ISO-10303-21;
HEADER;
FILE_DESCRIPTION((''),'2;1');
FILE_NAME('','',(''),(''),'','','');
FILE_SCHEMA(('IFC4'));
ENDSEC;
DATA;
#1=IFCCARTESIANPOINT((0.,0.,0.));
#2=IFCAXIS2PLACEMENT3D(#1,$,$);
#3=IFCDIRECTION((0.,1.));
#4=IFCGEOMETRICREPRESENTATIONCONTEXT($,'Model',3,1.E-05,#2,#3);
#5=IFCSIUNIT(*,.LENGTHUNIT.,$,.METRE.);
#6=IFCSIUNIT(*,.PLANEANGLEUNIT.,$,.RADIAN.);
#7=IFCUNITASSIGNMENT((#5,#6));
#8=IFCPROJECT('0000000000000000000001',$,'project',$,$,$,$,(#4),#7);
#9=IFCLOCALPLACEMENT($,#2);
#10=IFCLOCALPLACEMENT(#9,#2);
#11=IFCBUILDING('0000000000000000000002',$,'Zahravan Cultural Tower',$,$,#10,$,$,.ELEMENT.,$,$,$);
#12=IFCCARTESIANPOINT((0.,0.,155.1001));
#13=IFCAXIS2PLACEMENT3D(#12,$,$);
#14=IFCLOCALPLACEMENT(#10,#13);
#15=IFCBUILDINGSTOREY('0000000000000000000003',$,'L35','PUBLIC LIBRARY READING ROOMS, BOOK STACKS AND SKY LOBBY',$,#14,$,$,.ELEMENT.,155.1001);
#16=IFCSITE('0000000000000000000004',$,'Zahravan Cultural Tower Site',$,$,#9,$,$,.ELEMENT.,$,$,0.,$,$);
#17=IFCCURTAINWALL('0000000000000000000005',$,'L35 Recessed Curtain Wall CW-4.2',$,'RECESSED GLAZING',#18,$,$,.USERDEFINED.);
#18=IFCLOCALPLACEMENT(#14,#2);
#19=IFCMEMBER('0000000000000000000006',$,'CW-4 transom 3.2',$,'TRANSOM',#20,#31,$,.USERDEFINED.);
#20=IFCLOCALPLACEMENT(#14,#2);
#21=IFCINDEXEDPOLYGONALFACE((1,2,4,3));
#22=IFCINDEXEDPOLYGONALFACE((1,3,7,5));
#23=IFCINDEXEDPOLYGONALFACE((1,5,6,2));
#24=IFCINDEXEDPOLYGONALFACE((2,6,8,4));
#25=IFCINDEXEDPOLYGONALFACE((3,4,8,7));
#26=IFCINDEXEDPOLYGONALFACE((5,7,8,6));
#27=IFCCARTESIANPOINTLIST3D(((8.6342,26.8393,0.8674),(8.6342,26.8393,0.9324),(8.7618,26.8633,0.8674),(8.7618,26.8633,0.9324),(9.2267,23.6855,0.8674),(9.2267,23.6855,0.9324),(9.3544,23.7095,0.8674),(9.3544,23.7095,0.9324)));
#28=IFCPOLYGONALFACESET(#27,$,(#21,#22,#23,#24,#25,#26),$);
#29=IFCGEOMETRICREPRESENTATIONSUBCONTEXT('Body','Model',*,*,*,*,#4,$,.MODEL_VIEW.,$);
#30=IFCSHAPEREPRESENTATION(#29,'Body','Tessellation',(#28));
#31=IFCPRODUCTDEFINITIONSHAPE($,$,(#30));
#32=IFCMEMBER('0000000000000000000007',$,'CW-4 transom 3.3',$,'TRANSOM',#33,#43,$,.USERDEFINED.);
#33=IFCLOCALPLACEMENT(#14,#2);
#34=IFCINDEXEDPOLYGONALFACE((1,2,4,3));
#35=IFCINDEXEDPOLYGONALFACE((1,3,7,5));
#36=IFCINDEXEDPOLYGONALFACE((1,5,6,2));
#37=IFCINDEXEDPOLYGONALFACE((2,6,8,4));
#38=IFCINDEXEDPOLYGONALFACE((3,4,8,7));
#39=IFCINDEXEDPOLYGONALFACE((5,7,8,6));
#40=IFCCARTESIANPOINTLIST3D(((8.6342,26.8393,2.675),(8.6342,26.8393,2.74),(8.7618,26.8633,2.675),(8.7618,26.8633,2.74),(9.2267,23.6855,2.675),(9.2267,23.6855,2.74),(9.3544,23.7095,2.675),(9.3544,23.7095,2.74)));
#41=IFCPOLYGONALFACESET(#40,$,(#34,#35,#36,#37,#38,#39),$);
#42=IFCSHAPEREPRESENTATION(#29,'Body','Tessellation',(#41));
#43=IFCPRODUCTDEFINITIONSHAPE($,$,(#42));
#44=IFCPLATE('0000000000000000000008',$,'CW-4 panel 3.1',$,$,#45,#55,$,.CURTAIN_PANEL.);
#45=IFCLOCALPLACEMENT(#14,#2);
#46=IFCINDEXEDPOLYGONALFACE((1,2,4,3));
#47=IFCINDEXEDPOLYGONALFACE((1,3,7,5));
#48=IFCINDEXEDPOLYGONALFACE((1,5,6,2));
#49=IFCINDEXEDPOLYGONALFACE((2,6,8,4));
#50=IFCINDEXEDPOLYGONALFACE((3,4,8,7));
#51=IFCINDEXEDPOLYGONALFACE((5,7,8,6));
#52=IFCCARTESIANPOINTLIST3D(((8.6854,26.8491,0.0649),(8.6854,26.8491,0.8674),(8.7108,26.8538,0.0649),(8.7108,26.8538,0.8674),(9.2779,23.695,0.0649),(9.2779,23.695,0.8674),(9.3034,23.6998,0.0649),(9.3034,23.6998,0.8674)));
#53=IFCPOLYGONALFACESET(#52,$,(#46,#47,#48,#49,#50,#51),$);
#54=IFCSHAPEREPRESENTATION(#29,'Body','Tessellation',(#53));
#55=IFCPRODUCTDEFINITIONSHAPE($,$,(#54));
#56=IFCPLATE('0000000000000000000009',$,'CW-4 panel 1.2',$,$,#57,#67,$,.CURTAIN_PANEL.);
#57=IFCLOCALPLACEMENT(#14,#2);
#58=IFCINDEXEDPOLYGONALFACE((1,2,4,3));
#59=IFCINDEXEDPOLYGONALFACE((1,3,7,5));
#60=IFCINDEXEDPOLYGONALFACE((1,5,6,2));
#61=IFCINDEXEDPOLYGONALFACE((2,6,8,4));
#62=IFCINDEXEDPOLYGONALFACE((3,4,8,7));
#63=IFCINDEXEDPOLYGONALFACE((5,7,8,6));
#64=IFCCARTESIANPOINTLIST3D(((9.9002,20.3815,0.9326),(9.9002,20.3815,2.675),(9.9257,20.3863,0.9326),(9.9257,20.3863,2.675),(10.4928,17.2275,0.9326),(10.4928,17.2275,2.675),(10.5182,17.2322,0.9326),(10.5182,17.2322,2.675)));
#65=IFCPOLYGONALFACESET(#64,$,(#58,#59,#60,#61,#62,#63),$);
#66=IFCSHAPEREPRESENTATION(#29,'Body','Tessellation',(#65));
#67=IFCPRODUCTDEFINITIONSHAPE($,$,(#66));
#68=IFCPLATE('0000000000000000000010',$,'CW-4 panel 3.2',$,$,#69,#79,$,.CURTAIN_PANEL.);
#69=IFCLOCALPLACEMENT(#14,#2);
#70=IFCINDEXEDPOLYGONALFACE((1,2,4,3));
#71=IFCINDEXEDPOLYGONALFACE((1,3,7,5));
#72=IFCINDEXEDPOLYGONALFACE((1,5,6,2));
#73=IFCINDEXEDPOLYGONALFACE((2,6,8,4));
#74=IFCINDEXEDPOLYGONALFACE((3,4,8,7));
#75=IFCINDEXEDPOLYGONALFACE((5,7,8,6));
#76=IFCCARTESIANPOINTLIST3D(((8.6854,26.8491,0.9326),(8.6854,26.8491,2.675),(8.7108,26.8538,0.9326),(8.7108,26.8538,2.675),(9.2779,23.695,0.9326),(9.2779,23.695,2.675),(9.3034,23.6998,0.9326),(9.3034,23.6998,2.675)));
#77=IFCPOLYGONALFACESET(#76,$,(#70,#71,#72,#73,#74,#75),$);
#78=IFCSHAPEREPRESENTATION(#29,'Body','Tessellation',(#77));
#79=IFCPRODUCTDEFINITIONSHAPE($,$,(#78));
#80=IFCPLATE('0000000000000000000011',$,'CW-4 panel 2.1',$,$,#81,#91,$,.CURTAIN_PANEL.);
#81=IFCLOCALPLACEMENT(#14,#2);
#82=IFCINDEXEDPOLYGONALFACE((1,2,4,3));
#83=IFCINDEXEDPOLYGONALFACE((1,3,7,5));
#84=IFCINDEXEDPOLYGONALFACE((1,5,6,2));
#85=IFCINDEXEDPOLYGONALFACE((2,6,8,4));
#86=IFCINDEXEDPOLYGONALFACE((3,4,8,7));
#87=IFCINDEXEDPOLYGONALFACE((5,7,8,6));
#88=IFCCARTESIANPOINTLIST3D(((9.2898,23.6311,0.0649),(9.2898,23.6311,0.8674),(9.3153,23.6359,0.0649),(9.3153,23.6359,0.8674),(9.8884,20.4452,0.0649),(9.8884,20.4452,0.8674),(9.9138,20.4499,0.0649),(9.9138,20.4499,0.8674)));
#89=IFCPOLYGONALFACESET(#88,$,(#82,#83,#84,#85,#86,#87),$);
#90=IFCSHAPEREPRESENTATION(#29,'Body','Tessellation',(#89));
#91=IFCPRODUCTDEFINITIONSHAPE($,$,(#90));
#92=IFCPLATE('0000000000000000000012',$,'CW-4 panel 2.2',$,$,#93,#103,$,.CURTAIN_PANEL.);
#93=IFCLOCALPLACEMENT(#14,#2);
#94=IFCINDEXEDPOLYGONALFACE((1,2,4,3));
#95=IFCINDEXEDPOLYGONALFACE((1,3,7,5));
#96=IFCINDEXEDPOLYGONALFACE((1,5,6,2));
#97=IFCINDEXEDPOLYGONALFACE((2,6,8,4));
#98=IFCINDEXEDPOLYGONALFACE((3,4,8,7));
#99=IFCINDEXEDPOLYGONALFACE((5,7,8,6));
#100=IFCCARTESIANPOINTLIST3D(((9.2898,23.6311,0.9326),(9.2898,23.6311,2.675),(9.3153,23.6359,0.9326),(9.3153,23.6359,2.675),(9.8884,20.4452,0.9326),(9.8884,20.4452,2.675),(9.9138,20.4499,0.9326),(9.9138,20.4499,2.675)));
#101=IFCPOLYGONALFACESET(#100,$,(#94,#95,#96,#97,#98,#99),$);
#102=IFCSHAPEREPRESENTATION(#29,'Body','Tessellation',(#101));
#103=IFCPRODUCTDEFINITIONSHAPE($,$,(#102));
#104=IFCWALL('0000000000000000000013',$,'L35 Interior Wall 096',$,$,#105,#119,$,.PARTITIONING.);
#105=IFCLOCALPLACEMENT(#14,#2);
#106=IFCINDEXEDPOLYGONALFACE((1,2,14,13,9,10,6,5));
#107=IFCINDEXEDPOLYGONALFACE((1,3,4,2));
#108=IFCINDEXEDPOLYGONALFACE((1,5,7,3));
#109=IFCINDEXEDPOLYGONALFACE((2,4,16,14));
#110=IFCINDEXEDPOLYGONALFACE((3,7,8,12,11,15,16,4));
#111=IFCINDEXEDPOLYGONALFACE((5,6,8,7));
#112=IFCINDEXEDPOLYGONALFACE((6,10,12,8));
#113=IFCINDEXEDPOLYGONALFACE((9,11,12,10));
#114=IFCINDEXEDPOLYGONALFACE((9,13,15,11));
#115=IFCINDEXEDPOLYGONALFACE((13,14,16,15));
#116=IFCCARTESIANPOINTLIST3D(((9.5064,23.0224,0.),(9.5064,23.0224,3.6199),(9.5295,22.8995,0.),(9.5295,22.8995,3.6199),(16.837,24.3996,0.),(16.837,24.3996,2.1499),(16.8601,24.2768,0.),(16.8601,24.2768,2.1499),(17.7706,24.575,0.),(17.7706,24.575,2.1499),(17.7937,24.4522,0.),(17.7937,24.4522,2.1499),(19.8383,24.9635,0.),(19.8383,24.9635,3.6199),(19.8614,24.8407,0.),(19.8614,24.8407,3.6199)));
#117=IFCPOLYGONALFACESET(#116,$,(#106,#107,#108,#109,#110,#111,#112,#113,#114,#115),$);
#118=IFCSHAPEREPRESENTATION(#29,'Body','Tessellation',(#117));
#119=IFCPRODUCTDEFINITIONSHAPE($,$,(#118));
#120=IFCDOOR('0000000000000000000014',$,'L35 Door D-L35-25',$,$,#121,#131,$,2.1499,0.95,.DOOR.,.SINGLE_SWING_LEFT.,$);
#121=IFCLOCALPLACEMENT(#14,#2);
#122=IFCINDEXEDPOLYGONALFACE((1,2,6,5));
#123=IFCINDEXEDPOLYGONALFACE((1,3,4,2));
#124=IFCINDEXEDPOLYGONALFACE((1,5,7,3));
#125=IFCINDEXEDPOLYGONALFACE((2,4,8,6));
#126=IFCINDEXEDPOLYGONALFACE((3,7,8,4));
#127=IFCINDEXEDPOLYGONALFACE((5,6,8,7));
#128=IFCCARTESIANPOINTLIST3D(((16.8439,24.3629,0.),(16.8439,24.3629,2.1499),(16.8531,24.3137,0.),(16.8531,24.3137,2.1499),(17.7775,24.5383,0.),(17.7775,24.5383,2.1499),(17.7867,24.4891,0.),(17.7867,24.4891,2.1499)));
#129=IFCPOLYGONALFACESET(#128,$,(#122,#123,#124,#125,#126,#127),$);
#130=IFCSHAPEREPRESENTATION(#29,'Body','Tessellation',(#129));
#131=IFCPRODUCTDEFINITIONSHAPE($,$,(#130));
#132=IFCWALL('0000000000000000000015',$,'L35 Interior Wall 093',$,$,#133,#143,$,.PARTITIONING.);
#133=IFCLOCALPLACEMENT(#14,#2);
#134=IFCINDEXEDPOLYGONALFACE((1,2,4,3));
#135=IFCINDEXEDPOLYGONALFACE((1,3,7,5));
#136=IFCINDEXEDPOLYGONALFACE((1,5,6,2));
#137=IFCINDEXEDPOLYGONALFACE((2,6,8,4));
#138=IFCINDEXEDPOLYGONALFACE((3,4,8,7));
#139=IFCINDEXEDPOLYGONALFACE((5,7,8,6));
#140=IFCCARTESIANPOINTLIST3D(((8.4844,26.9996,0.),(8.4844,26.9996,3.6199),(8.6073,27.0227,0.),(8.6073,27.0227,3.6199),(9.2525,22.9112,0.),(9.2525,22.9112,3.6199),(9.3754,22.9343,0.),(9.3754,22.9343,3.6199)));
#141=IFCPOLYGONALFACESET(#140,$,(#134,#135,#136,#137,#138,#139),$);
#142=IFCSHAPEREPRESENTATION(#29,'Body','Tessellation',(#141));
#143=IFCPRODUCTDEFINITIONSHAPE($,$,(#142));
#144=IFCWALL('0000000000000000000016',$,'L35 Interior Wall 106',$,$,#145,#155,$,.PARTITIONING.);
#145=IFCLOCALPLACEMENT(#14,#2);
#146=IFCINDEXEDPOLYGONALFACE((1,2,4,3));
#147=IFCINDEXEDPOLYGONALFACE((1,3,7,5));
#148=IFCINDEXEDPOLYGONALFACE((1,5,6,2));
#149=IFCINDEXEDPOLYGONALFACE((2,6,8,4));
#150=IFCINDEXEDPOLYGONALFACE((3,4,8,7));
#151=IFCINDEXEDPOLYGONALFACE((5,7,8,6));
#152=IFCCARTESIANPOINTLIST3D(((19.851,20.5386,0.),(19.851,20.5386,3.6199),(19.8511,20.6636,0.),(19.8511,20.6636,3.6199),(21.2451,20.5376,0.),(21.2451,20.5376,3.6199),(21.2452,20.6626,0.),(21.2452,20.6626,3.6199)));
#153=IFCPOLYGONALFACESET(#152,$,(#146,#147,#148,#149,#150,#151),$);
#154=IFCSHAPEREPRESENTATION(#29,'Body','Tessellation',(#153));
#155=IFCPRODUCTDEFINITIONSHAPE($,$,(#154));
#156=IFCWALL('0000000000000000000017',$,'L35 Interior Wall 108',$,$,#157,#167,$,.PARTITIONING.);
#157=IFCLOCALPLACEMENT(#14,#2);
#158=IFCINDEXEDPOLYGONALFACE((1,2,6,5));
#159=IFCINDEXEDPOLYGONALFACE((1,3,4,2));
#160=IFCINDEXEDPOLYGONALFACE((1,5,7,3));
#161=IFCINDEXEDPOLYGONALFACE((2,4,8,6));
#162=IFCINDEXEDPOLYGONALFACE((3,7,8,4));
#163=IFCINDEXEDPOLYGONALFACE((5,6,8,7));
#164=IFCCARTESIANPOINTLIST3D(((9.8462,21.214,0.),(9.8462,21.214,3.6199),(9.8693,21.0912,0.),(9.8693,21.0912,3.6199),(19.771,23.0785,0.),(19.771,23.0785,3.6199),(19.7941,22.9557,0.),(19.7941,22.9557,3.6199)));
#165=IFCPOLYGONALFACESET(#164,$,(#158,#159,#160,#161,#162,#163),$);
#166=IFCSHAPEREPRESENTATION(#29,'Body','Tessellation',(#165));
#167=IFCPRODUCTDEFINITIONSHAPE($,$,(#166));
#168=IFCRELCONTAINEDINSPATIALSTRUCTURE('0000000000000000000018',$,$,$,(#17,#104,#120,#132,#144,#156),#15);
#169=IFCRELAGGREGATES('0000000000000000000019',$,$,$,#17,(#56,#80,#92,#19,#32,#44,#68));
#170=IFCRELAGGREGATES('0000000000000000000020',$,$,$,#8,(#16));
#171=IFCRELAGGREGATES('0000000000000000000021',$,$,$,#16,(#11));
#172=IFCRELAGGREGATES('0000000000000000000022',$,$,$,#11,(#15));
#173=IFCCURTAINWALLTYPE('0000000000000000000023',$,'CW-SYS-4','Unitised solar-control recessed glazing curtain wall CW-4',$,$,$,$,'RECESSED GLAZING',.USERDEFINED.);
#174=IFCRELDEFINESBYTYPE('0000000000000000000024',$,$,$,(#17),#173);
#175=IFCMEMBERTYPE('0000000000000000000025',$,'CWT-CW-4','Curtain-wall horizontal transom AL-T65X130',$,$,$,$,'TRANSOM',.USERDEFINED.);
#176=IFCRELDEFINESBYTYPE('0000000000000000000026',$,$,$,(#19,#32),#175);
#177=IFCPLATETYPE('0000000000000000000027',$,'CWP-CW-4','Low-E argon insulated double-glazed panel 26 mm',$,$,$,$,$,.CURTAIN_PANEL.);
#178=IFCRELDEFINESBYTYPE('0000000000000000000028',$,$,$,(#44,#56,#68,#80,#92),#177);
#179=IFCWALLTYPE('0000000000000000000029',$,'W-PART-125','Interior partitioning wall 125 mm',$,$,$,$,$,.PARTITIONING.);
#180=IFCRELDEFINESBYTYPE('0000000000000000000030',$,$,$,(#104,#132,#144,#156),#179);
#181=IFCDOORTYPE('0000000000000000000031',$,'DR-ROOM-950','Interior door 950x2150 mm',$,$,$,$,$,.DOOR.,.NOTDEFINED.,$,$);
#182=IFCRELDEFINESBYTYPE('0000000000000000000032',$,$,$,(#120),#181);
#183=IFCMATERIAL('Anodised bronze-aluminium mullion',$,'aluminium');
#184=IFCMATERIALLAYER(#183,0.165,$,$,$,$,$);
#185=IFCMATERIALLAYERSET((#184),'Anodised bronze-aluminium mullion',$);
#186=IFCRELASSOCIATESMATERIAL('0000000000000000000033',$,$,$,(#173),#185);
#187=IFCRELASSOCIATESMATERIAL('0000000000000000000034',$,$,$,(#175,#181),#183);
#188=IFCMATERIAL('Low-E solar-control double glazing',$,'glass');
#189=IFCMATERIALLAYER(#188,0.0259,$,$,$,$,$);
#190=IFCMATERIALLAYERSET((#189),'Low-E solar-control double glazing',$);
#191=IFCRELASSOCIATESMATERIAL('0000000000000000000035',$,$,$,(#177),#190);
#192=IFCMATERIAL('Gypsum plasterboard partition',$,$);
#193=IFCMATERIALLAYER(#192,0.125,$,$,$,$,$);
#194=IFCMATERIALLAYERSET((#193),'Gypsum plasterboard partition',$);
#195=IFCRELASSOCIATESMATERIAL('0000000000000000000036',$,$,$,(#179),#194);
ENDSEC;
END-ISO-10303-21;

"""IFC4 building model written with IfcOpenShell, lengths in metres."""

from ifc_helpers import new_model, si_unit, direction, frame, frame_2d, origin, origin_2d, place, context, subcontext, project, spatial, rectangle, extrude, source, transform, mapped, material, layer, layer_set, material_profile, profile_set, type_object, element, fill, aggregate, save


model = new_model("IFC4")

# Units and contexts
model_context = context("Model", 3, precision=1e-05, world=origin(), true_north=direction((0.0, 1.0)))
body_context = subcontext(model_context, "Body", "Model", "MODEL_VIEW")
ifc_project = project(units=[si_unit("LENGTHUNIT", "METRE"), si_unit("PLANEANGLEUNIT", "RADIAN")], contexts=[model_context])

# Site, building, storey
site_placement = place(None, origin())
site = spatial("IfcSite", under=ifc_project, at=site_placement, Name="Zahravan Cultural Tower Site", CompositionType="ELEMENT", RefElevation=0.0)
building_placement = place(site_placement, origin())
building = spatial("IfcBuilding", under=site, at=building_placement, Name="Zahravan Cultural Tower", CompositionType="ELEMENT")
storey_placement = place(building_placement, frame((0.0, 0.0, 155.1001)))
storey = spatial("IfcBuildingStorey", under=building, at=storey_placement, Name="L35", Description="PUBLIC LIBRARY READING ROOMS, BOOK STACKS AND SKY LOBBY", CompositionType="ELEMENT", Elevation=155.1001)

# Curtain wall, members, plates
ifc_material_1 = material(Name="Anodised bronze-aluminium mullion", Category="aluminium")
ifc_layer_1 = layer(ifc_material_1, 0.165)
ifc_layer_set_1 = layer_set([ifc_layer_1], Name="Anodised bronze-aluminium mullion")
curtain_wall_type = type_object("IfcCurtainWallType", Name="CW-SYS-4", Description="Unitised solar-control recessed glazing curtain wall CW-4", ElementType="RECESSED GLAZING", PredefinedType="USERDEFINED", material=ifc_layer_set_1)
curtain_wall_placement = place(storey_placement, origin())
curtain_wall = element("IfcCurtainWall", 1, at=curtain_wall_placement, inside=storey, type_object=curtain_wall_type, Name="L35 Recessed Curtain Wall CW-4.2", ObjectType="RECESSED GLAZING", PredefinedType="USERDEFINED")
ifc_material_profile_1 = material_profile(ifc_material_1, rectangle(XDim=0.1299, YDim=0.0649, at=origin_2d()), Name="AL-T65X130")
ifc_profile_set_1 = profile_set([ifc_material_profile_1], Name="Anodised bronze-aluminium mullion")
member_type_1 = type_object("IfcMemberType", Name="CWT-CW-4", Description="Curtain-wall horizontal transom AL-T65X130", ElementType="TRANSOM", PredefinedType="USERDEFINED", material=ifc_profile_set_1)
shared_shape_1 = source(origin(), body_context, "Body", "SweptSolid", [
    extrude(rectangle(XDim=0.1299, YDim=0.0649, at=origin_2d()), origin(), (0.0, 0.0, 1.0), 3.209),
])
member_1_placement = place(storey_placement, frame((9.2905, 23.6975, 0.8999), z_axis=(-0.184647, 0.982805, 0.0), x_axis=(-0.982805, -0.184647, 0.0)))
member_1 = element("IfcMember", 2, at=member_1_placement, type_object=member_type_1, Name="CW-4 transom 3.2", ObjectType="TRANSOM", PredefinedType="USERDEFINED", context=body_context, shape_type="MappedRepresentation", body=[
    mapped(shared_shape_1, transform((0.0, 0.0, 0.0), x_axis=(1.0, 0.0, 0.0), y_axis=(0.0, 1.0, 0.0), z_axis=(0.0, 0.0, 1.0), scale=1.0)),
])
member_2_placement = place(storey_placement, frame((9.2905, 23.6975, 2.7075), z_axis=(-0.184647, 0.982805, 0.0), x_axis=(-0.982805, -0.184647, 0.0)))
member_2 = element("IfcMember", 3, at=member_2_placement, type_object=member_type_1, Name="CW-4 transom 3.3", ObjectType="TRANSOM", PredefinedType="USERDEFINED", context=body_context, shape_type="MappedRepresentation", body=[
    mapped(shared_shape_1, transform((0.0, 0.0, 0.0), x_axis=(1.0, 0.0, 0.0), y_axis=(0.0, 1.0, 0.0), z_axis=(0.0, 0.0, 1.0), scale=1.0)),
])
ifc_material_2 = material(Name="Low-E solar-control double glazing", Category="glass")
ifc_layer_2 = layer(ifc_material_2, 0.0259)
ifc_layer_set_2 = layer_set([ifc_layer_2], Name="Low-E solar-control double glazing")
plate_type = type_object("IfcPlateType", Name="CWP-CW-4", Description="Low-E argon insulated double-glazed panel 26 mm", PredefinedType="CURTAIN_PANEL", material=ifc_layer_set_2)
shared_shape_2 = source(origin(), body_context, "Body", "SweptSolid", [
    extrude(rectangle(XDim=3.2092, YDim=0.0259, at=origin_2d()), origin(), (0.0, 0.0, 1.0), 0.8025),
])
plate_1_placement = place(storey_placement, frame((8.9944, 25.2744, 0.0649), z_axis=(0.0, 0.0, 1.0), x_axis=(-0.184638, 0.982807, 0.0)))
plate_1 = element("IfcPlate", 4, at=plate_1_placement, type_object=plate_type, Name="CW-4 panel 3.1", PredefinedType="CURTAIN_PANEL", context=body_context, shape_type="MappedRepresentation", body=[
    mapped(shared_shape_2, transform((0.0, 0.0, 0.0), x_axis=(1.0, 0.0, 0.0), y_axis=(0.0, 1.0, 0.0), z_axis=(0.0, 0.0, 1.0), scale=1.0)),
])
shared_shape_3 = source(origin(), body_context, "Body", "SweptSolid", [
    extrude(rectangle(XDim=3.2092, YDim=0.0259, at=origin_2d()), origin(), (0.0, 0.0, 1.0), 1.7424),
])
plate_2_placement = place(storey_placement, frame((10.2092, 18.8069, 0.9326), z_axis=(0.0, 0.0, 1.0), x_axis=(-0.184638, 0.982807, 0.0)))
plate_2 = element("IfcPlate", 5, at=plate_2_placement, type_object=plate_type, Name="CW-4 panel 1.2", PredefinedType="CURTAIN_PANEL", context=body_context, shape_type="MappedRepresentation", body=[
    mapped(shared_shape_3, transform((0.0, 0.0, 0.0), x_axis=(1.0, 0.0, 0.0), y_axis=(0.0, 1.0, 0.0), z_axis=(0.0, 0.0, 1.0), scale=1.0)),
])
plate_3_placement = place(storey_placement, frame((8.9944, 25.2744, 0.9326), z_axis=(0.0, 0.0, 1.0), x_axis=(-0.184638, 0.982807, 0.0)))
plate_3 = element("IfcPlate", 6, at=plate_3_placement, type_object=plate_type, Name="CW-4 panel 3.2", PredefinedType="CURTAIN_PANEL", context=body_context, shape_type="MappedRepresentation", body=[
    mapped(shared_shape_3, transform((0.0, 0.0, 0.0), x_axis=(1.0, 0.0, 0.0), y_axis=(0.0, 1.0, 0.0), z_axis=(0.0, 0.0, 1.0), scale=1.0)),
])
shared_shape_4 = source(origin(), body_context, "Body", "SweptSolid", [
    extrude(rectangle(XDim=3.2417, YDim=0.0259, at=origin_2d()), origin(), (0.0, 0.0, 1.0), 0.8025),
])
plate_4_placement = place(storey_placement, frame((9.6018, 22.0405, 0.0649), z_axis=(0.0, 0.0, 1.0), x_axis=(-0.184638, 0.982807, 0.0)))
plate_4 = element("IfcPlate", 7, at=plate_4_placement, type_object=plate_type, Name="CW-4 panel 2.1", PredefinedType="CURTAIN_PANEL", context=body_context, shape_type="MappedRepresentation", body=[
    mapped(shared_shape_4, transform((0.0, 0.0, 0.0), x_axis=(1.0, 0.0, 0.0), y_axis=(0.0, 1.0, 0.0), z_axis=(0.0, 0.0, 1.0), scale=1.0)),
])
shared_shape_5 = source(origin(), body_context, "Body", "SweptSolid", [
    extrude(rectangle(XDim=3.2417, YDim=0.0259, at=origin_2d()), origin(), (0.0, 0.0, 1.0), 1.7424),
])
plate_5_placement = place(storey_placement, frame((9.6018, 22.0405, 0.9326), z_axis=(0.0, 0.0, 1.0), x_axis=(-0.184638, 0.982807, 0.0)))
plate_5 = element("IfcPlate", 8, at=plate_5_placement, type_object=plate_type, Name="CW-4 panel 2.2", PredefinedType="CURTAIN_PANEL", context=body_context, shape_type="MappedRepresentation", body=[
    mapped(shared_shape_5, transform((0.0, 0.0, 0.0), x_axis=(1.0, 0.0, 0.0), y_axis=(0.0, 1.0, 0.0), z_axis=(0.0, 0.0, 1.0), scale=1.0)),
])
aggregate(curtain_wall, [plate_2, plate_4, plate_5, member_1, member_2, plate_1, plate_3])

# Wall, opening, door
ifc_material_3 = material(Name="Gypsum plasterboard partition")
ifc_layer_3 = layer(ifc_material_3, 0.125)
ifc_layer_set_3 = layer_set([ifc_layer_3], Name="Gypsum plasterboard partition")
wall_type = type_object("IfcWallType", Name="W-PART-125", Description="Interior partitioning wall 125 mm", PredefinedType="PARTITIONING", material=ifc_layer_set_3)
wall_1_placement = place(storey_placement, frame((19.8499, 24.9021, 0.0), z_axis=(0.0, 0.0, 1.0), x_axis=(-0.982805, -0.184647, 0.0)))
wall_1 = element("IfcWall", 9, at=wall_1_placement, inside=storey, type_object=wall_type, Name="L35 Interior Wall 096", PredefinedType="PARTITIONING", context=body_context, shape_type="SweptSolid", body=[
    extrude(rectangle(XDim=10.5127, YDim=0.125, at=frame_2d((5.2563, 0.0))), origin(), (0.0, 0.0, 1.0), 3.6199),
])
opening_1_placement = place(wall_1_placement, frame((2.1038, 0.0, 0.0)))
opening_1 = element("IfcOpeningElement", 10, at=opening_1_placement, cuts=wall_1, PredefinedType="OPENING", context=body_context, shape_type="SweptSolid", body=[
    extrude(rectangle(XDim=0.95, YDim=2.1499, at=frame_2d((0.4751, 1.075))), frame((0.0, 0.0725, 0.0), z_axis=(0.0, -1.0, 0.0), x_axis=(1.0, 0.0, 0.0)), (0.0, 0.0, 1.0), 0.145),
])
door_type = type_object("IfcDoorType", Name="DR-ROOM-950", Description="Interior door 950x2150 mm", OperationType="NOTDEFINED", PredefinedType="DOOR", material=ifc_material_1)
shared_shape_6 = source(origin(), body_context, "Body", "SweptSolid", [
    extrude(rectangle(XDim=0.95, YDim=2.1499, at=frame_2d((0.4751, 1.075))), frame((0.0, 0.0249, 0.0), z_axis=(0.0, -1.0, 0.0), x_axis=(1.0, 0.0, 0.0)), (0.0, 0.0, 1.0), 0.05),
])
door_1_placement = place(opening_1_placement, origin())
door_1 = element("IfcDoor", 11, at=door_1_placement, inside=storey, type_object=door_type, Name="L35 Door D-L35-25", OperationType="SINGLE_SWING_LEFT", OverallHeight=2.1499, OverallWidth=0.95, PredefinedType="DOOR", context=body_context, shape_type="MappedRepresentation", body=[
    mapped(shared_shape_6, transform((0.0, 0.0, 0.0), x_axis=(1.0, 0.0, 0.0), y_axis=(0.0, 1.0, 0.0), z_axis=(0.0, 0.0, 1.0), scale=1.0)),
])
fill(opening_1, door_1)

# Walls
shared_shape_7 = source(origin(), body_context, "Body", "SweptSolid", [
    extrude(rectangle(XDim=4.1599, YDim=0.125, at=frame_2d((2.0801, 0.0))), origin(), (0.0, 0.0, 1.0), 3.6199),
])
wall_2_placement = place(storey_placement, frame((9.314, 22.9226, 0.0), z_axis=(0.0, 0.0, 1.0), x_axis=(-0.184636, 0.982807, 0.0)))
element("IfcWall", 12, at=wall_2_placement, inside=storey, type_object=wall_type, Name="L35 Interior Wall 093", PredefinedType="PARTITIONING", context=body_context, shape_type="MappedRepresentation", body=[
    mapped(shared_shape_7, transform((0.0, 0.0, 0.0), x_axis=(1.0, 0.0, 0.0), y_axis=(0.0, 1.0, 0.0), z_axis=(0.0, 0.0, 1.0), scale=1.0)),
])
shared_shape_8 = source(origin(), body_context, "Body", "SweptSolid", [
    extrude(rectangle(XDim=1.394, YDim=0.125, at=frame_2d((0.697, 0.0))), origin(), (0.0, 0.0, 1.0), 3.6199),
])
wall_3_placement = place(storey_placement, frame((19.8511, 20.6011, 0.0), z_axis=(0.0, 0.0, 1.0), x_axis=(1.0, -0.000701, 0.0)))
element("IfcWall", 13, at=wall_3_placement, inside=storey, type_object=wall_type, Name="L35 Interior Wall 106", PredefinedType="PARTITIONING", context=body_context, shape_type="MappedRepresentation", body=[
    mapped(shared_shape_8, transform((0.0, 0.0, 0.0), x_axis=(1.0, 0.0, 0.0), y_axis=(0.0, 1.0, 0.0), z_axis=(0.0, 0.0, 1.0), scale=1.0)),
])
shared_shape_9 = source(origin(), body_context, "Body", "SweptSolid", [
    extrude(rectangle(XDim=10.0984, YDim=0.125, at=frame_2d((5.0493, 0.0))), origin(), (0.0, 0.0, 1.0), 3.6199),
])
wall_4_placement = place(storey_placement, frame((9.8577, 21.1526, 0.0), z_axis=(0.0, 0.0, 1.0), x_axis=(0.982808, 0.184633, 0.0)))
element("IfcWall", 14, at=wall_4_placement, inside=storey, type_object=wall_type, Name="L35 Interior Wall 108", PredefinedType="PARTITIONING", context=body_context, shape_type="MappedRepresentation", body=[
    mapped(shared_shape_9, transform((0.0, 0.0, 0.0), x_axis=(1.0, 0.0, 0.0), y_axis=(0.0, 1.0, 0.0), z_axis=(0.0, 0.0, 1.0), scale=1.0)),
])

save(model, "model.ifc")
